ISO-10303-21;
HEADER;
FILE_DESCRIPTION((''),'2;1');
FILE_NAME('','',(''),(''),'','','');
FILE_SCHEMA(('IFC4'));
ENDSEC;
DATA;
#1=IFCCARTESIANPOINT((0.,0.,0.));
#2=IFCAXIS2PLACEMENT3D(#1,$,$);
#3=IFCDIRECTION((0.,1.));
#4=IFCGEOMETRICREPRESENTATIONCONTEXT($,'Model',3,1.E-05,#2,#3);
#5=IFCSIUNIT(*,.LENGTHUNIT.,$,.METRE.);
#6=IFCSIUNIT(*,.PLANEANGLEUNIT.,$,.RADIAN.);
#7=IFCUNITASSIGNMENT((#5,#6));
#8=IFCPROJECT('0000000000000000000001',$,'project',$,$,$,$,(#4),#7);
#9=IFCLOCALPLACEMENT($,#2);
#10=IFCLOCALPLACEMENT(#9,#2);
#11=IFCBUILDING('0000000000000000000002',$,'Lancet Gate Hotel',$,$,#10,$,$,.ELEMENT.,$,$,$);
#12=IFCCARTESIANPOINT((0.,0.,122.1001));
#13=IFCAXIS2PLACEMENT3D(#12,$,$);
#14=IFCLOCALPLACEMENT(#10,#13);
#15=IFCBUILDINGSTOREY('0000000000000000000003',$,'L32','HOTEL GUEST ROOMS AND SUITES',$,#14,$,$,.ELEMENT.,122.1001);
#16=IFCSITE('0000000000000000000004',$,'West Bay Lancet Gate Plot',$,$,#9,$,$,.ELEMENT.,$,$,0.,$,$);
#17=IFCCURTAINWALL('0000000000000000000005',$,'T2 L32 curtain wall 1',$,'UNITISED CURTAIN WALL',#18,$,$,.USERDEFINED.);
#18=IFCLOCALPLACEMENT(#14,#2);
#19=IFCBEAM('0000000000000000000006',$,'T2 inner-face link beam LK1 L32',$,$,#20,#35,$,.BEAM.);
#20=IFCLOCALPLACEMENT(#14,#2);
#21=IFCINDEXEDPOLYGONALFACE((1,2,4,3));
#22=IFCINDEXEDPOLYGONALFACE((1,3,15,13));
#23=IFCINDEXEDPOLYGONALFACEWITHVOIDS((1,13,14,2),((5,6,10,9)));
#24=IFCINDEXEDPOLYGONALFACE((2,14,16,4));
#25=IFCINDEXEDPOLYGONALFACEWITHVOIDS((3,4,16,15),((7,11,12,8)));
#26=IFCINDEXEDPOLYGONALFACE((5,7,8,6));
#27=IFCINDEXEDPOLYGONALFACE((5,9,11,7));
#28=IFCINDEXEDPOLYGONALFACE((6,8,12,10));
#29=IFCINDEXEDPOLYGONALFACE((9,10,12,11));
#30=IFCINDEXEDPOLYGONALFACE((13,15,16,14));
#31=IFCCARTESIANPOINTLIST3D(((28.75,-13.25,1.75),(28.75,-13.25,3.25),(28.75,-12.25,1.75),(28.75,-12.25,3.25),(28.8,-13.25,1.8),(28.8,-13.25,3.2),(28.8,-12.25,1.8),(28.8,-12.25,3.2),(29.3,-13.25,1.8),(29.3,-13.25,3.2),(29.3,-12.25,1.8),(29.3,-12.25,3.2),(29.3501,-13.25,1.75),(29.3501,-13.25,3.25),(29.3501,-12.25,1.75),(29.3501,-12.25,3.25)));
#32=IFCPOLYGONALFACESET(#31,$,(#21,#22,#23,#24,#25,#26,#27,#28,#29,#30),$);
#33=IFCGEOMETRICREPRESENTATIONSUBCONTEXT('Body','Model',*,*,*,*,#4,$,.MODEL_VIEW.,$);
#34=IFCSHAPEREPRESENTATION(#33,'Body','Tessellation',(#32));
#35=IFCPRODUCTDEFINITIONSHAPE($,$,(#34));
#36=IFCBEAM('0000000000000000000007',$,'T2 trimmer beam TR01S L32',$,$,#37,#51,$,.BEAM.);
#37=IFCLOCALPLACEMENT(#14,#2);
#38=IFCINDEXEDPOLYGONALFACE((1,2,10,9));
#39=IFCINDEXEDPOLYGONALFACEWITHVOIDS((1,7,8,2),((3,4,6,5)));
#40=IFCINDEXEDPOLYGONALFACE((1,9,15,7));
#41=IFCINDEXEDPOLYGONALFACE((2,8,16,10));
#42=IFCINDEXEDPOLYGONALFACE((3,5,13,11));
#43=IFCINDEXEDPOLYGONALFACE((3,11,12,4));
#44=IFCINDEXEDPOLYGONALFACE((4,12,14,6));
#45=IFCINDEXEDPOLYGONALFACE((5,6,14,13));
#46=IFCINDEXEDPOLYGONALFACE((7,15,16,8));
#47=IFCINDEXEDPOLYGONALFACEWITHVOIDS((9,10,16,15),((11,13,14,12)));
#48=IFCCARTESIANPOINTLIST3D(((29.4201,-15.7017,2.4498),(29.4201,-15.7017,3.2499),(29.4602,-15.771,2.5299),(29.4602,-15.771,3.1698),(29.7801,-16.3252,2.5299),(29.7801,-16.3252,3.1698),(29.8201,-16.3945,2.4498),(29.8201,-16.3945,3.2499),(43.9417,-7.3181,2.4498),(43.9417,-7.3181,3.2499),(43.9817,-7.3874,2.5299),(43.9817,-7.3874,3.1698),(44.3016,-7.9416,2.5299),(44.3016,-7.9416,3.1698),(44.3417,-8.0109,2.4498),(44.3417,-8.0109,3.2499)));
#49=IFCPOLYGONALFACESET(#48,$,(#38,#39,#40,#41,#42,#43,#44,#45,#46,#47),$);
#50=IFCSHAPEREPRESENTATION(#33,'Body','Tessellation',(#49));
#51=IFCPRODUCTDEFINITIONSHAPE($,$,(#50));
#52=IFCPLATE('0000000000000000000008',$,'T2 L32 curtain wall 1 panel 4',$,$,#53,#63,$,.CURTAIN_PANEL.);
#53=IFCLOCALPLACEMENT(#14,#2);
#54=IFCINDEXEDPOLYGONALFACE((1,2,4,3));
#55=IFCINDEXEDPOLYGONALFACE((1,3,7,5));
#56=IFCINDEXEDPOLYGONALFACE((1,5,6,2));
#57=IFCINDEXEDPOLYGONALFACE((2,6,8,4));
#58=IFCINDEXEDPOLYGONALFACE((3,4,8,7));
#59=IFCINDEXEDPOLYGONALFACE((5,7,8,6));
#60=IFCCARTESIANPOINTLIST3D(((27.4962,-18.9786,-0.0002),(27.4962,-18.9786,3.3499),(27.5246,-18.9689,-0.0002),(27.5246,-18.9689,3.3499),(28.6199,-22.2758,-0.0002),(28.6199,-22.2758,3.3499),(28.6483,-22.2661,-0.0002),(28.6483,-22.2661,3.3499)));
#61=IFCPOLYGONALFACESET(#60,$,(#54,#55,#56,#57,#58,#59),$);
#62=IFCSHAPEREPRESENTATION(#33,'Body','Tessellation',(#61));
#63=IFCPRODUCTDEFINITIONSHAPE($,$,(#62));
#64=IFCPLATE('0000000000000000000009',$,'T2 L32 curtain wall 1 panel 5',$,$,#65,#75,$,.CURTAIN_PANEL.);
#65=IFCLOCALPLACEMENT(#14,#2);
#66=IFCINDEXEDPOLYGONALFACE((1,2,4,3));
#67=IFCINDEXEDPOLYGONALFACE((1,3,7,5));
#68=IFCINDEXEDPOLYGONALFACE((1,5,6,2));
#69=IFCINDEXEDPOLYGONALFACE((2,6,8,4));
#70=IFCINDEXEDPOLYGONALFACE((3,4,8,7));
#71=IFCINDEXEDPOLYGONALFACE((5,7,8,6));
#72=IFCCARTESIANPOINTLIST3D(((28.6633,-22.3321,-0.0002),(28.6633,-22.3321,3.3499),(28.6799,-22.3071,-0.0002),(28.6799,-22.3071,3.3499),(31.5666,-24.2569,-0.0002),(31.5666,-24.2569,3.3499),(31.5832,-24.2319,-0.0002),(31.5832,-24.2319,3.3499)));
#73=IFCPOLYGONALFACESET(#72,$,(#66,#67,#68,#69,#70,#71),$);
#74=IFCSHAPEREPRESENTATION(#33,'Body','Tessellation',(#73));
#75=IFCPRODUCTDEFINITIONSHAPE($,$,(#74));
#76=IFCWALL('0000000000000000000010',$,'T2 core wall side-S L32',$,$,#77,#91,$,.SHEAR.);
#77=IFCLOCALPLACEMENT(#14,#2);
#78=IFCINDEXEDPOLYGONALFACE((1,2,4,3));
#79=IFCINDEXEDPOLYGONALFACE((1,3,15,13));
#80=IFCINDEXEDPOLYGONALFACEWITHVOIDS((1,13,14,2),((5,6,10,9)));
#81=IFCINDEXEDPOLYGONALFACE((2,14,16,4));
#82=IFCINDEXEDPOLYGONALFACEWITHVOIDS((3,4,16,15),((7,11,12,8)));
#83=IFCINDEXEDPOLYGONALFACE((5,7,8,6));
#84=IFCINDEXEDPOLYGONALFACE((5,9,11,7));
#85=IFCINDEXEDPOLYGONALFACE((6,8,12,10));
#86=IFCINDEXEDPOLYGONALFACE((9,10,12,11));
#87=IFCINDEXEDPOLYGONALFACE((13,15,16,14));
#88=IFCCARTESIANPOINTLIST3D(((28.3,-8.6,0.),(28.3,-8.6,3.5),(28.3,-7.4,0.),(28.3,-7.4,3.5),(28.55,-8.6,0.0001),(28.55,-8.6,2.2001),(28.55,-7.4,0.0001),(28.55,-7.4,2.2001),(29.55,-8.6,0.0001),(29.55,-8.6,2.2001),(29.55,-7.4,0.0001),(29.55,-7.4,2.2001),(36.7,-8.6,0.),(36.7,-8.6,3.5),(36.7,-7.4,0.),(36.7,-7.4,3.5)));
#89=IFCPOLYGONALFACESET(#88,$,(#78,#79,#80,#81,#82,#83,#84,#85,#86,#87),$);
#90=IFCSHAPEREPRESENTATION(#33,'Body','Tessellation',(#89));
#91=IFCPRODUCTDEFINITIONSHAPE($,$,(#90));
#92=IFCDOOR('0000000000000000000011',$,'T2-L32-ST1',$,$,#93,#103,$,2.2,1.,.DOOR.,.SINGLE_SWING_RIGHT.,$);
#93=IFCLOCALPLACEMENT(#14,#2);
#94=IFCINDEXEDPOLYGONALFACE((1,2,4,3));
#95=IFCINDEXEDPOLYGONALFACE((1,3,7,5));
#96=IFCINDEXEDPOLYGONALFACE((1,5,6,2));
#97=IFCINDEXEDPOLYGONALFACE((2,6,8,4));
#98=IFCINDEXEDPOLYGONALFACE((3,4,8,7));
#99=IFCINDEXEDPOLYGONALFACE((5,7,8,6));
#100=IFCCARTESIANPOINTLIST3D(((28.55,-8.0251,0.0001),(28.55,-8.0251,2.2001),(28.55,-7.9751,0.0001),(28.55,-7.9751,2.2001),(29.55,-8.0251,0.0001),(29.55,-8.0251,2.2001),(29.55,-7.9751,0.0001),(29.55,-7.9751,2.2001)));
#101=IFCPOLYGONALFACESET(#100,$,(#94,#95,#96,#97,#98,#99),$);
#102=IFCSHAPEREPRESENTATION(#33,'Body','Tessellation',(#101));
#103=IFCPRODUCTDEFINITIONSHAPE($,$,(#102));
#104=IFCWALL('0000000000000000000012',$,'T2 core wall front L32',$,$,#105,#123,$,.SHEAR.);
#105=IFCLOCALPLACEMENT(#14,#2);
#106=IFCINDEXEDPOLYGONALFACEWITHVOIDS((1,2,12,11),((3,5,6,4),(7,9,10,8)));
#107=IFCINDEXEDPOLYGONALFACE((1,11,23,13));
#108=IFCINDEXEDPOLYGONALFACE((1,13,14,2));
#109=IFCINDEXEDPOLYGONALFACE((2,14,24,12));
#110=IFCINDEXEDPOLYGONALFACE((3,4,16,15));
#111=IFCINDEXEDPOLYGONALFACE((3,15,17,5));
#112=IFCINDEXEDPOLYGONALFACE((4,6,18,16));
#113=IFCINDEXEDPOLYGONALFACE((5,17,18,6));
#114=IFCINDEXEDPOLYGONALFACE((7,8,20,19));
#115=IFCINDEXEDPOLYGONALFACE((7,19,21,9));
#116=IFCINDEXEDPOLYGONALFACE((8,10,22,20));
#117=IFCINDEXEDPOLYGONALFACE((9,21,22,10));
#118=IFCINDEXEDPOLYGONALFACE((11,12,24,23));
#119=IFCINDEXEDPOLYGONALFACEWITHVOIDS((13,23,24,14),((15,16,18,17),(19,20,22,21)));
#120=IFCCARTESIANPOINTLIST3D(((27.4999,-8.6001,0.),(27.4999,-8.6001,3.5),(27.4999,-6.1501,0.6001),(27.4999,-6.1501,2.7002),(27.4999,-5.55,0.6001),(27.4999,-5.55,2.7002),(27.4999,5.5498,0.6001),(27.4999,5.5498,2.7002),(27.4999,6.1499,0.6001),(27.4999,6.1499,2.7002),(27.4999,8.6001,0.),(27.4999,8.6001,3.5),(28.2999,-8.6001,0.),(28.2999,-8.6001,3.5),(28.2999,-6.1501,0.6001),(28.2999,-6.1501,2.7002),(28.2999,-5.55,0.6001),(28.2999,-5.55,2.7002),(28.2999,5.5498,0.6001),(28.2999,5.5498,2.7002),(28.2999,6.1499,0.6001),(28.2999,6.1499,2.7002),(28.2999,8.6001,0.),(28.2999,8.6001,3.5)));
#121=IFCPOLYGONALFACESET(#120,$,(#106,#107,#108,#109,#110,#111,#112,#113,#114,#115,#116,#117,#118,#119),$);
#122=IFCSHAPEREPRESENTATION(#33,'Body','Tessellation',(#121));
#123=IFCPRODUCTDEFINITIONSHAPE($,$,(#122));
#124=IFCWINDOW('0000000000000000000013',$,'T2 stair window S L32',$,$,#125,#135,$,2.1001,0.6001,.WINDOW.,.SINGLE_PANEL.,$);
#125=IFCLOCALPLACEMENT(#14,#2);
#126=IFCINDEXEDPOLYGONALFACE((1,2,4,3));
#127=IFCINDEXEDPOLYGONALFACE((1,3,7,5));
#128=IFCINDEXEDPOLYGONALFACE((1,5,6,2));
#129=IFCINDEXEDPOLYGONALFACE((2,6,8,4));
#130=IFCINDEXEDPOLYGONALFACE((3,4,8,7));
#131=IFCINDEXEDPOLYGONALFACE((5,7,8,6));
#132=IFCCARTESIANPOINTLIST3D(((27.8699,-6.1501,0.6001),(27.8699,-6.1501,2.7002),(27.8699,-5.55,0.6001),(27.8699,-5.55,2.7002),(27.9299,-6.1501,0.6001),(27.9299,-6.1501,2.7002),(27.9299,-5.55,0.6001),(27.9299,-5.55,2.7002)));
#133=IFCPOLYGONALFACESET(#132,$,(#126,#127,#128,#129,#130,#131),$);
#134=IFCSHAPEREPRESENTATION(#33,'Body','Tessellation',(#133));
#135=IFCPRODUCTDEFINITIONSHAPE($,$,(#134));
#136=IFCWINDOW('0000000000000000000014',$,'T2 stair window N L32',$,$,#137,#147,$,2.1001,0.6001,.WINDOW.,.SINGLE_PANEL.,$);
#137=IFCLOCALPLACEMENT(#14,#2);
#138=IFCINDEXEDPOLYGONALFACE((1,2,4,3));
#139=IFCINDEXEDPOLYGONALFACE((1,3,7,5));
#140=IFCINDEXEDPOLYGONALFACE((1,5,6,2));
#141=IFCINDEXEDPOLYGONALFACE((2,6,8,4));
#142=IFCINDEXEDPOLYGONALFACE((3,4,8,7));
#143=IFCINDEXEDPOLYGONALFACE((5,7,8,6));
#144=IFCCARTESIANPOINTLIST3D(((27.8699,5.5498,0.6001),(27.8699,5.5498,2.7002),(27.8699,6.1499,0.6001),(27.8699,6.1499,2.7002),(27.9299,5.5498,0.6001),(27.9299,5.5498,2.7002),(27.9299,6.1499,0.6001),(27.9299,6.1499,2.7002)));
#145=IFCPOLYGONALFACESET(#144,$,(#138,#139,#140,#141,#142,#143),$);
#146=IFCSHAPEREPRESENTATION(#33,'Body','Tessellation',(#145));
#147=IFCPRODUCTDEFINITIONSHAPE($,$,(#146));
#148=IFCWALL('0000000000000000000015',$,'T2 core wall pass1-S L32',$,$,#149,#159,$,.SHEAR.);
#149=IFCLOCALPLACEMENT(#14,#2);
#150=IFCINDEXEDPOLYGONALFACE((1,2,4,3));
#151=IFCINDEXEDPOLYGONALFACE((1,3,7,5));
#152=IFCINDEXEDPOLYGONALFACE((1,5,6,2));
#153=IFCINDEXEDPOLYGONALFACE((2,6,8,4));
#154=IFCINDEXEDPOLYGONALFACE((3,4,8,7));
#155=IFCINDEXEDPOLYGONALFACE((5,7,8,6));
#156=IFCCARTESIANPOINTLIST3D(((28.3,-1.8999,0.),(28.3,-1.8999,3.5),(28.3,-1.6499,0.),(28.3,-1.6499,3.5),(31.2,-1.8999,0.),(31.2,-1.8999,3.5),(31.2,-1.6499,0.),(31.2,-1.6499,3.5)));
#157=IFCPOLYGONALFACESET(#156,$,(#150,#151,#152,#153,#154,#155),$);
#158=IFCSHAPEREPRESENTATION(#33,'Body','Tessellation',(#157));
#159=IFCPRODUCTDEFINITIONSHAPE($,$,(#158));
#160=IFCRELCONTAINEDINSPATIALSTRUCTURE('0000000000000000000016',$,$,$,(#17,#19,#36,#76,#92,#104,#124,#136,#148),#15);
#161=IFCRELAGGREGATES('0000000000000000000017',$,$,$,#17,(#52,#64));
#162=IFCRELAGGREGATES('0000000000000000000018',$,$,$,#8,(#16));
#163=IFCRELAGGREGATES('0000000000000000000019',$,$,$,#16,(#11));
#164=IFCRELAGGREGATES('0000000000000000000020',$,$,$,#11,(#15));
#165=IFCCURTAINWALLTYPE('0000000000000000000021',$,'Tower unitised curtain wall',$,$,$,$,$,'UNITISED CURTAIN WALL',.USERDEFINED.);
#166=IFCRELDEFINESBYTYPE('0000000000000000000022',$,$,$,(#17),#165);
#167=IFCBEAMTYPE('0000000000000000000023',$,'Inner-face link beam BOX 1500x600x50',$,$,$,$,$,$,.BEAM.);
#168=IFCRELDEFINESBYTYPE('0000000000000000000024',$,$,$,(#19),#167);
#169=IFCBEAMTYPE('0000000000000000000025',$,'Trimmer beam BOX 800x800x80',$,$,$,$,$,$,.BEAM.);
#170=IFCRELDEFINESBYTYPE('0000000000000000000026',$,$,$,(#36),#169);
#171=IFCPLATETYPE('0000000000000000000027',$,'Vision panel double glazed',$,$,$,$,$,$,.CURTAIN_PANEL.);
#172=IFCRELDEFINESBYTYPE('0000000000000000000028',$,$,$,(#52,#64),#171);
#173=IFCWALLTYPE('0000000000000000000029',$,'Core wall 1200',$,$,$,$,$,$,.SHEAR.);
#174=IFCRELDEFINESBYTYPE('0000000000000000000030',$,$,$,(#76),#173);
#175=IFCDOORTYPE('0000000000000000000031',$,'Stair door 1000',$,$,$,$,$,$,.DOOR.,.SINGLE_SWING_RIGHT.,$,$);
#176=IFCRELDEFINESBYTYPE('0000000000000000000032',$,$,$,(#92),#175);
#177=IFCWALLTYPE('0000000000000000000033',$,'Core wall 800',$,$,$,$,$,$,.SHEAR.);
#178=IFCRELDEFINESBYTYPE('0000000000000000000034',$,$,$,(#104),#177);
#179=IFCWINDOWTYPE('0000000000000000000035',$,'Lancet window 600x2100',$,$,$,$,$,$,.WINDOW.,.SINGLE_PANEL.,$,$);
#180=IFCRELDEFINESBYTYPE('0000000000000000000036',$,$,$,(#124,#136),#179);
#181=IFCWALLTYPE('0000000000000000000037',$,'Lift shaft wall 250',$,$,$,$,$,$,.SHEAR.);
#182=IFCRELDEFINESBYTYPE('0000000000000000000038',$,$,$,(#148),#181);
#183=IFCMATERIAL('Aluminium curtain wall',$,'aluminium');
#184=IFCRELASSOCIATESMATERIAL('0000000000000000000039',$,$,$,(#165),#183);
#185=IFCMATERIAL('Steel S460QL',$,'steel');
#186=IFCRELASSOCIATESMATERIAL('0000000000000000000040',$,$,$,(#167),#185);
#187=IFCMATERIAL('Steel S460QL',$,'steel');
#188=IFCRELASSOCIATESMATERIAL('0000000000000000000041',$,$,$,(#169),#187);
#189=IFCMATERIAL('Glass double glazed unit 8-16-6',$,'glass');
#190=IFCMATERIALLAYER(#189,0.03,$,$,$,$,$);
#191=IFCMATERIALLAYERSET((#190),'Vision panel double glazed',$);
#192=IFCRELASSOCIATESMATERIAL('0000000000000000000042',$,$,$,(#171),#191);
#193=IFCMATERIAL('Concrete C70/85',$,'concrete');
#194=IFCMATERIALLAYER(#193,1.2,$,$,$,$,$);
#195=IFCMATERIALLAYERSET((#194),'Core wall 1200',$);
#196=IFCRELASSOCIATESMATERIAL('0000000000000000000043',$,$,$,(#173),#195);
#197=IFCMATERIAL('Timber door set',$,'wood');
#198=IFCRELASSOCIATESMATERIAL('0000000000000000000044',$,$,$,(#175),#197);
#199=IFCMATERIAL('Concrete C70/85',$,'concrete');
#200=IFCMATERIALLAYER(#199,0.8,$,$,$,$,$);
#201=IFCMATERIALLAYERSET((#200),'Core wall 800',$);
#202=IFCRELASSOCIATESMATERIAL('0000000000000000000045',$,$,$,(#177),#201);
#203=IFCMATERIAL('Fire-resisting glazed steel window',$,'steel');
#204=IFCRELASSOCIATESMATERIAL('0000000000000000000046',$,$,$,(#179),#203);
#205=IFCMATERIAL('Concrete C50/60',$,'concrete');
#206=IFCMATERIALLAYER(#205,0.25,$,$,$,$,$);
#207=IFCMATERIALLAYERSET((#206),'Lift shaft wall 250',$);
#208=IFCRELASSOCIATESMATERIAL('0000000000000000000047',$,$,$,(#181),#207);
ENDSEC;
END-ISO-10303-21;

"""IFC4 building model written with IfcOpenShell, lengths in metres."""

from ifc_helpers import new_model, si_unit, direction, frame, frame_2d, origin, origin_2d, place, context, subcontext, project, spatial, rectangle, hollow_rectangle, extrude, material, layer, layer_set, material_profile, profile_set, type_object, element, fill, aggregate, save


model = new_model("IFC4")

# Units and contexts
model_context = context("Model", 3, precision=1e-05, world=origin(), true_north=direction((0.0, 1.0)))
body_context = subcontext(model_context, "Body", "Model", "MODEL_VIEW")
ifc_project = project(units=[si_unit("LENGTHUNIT", "METRE"), si_unit("PLANEANGLEUNIT", "RADIAN")], contexts=[model_context])

# Site, building, storey
site_placement = place(None, origin())
site = spatial("IfcSite", under=ifc_project, at=site_placement, Name="West Bay Lancet Gate Plot", CompositionType="ELEMENT", RefElevation=0.0)
building_placement = place(site_placement, origin())
building = spatial("IfcBuilding", under=site, at=building_placement, Name="Lancet Gate Hotel", CompositionType="ELEMENT")
storey_placement = place(building_placement, frame((0.0, 0.0, 122.1001)))
storey = spatial("IfcBuildingStorey", under=building, at=storey_placement, Name="L32", Description="HOTEL GUEST ROOMS AND SUITES", CompositionType="ELEMENT", Elevation=122.1001)

# Curtain wall
ifc_material_1 = material(Name="Aluminium curtain wall", Category="aluminium")
curtain_wall_type = type_object("IfcCurtainWallType", Name="Tower unitised curtain wall", ElementType="UNITISED CURTAIN WALL", PredefinedType="USERDEFINED", material=ifc_material_1)
curtain_wall_placement = place(storey_placement, origin())
curtain_wall = element("IfcCurtainWall", 1, at=curtain_wall_placement, inside=storey, type_object=curtain_wall_type, Name="T2 L32 curtain wall 1", ObjectType="UNITISED CURTAIN WALL", PredefinedType="USERDEFINED")

# Beams
ifc_material_2 = material(Name="Steel S460QL", Category="steel")
ifc_material_profile_1 = material_profile(ifc_material_2, hollow_rectangle(XDim=0.6001, YDim=1.5, WallThickness=0.05, at=origin_2d()), Name="BOX 1500x600x50")
ifc_profile_set_1 = profile_set([ifc_material_profile_1], Name="Steel S460QL")
beam_type_1 = type_object("IfcBeamType", Name="Inner-face link beam BOX 1500x600x50", PredefinedType="BEAM", material=ifc_profile_set_1)
beam_1_placement = place(storey_placement, frame((29.05, -13.25, 2.5), z_axis=(0.0, 1.0, 0.0), x_axis=(-1.0, 0.0, 0.0)))
element("IfcBeam", 2, at=beam_1_placement, inside=storey, type_object=beam_type_1, Name="T2 inner-face link beam LK1 L32", PredefinedType="BEAM", context=body_context, shape_type="SweptSolid", body=[
    extrude(hollow_rectangle(XDim=0.6001, YDim=1.5, WallThickness=0.05, at=origin_2d()), origin(), (0.0, 0.0, 1.0), 1.0),
])
ifc_material_3 = material(Name="Steel S460QL", Category="steel")
ifc_material_profile_2 = material_profile(ifc_material_3, hollow_rectangle(XDim=0.8, YDim=0.8, WallThickness=0.0801, at=origin_2d()), Name="BOX 800x800x80")
ifc_profile_set_2 = profile_set([ifc_material_profile_2], Name="Steel S460QL")
beam_type_2 = type_object("IfcBeamType", Name="Trimmer beam BOX 800x800x80", PredefinedType="BEAM", material=ifc_profile_set_2)
beam_2_placement = place(storey_placement, frame((29.6201, -16.0481, 2.8499), z_axis=(0.866037, 0.49998, 0.0), x_axis=(-0.49998, 0.866037, 0.0)))
element("IfcBeam", 3, at=beam_2_placement, inside=storey, type_object=beam_type_2, Name="T2 trimmer beam TR01S L32", PredefinedType="BEAM", context=body_context, shape_type="SweptSolid", body=[
    extrude(hollow_rectangle(XDim=0.8, YDim=0.8, WallThickness=0.0801, at=origin_2d()), origin(), (0.0, 0.0, 1.0), 16.7678),
])

# Plates
ifc_material_4 = material(Name="Glass double glazed unit 8-16-6", Category="glass")
ifc_layer_1 = layer(ifc_material_4, 0.03)
ifc_layer_set_1 = layer_set([ifc_layer_1], Name="Vision panel double glazed")
plate_type = type_object("IfcPlateType", Name="Vision panel double glazed", PredefinedType="CURTAIN_PANEL", material=ifc_layer_set_1)
plate_1_placement = place(storey_placement, frame((28.0723, -20.6223, -0.0002), z_axis=(0.0, 0.0, 1.0), x_axis=(0.322576, -0.946544, 0.0)))
plate_1 = element("IfcPlate", 4, at=plate_1_placement, type_object=plate_type, Name="T2 L32 curtain wall 1 panel 4", PredefinedType="CURTAIN_PANEL", context=body_context, shape_type="SweptSolid", body=[
    extrude(rectangle(XDim=3.4834, YDim=0.03, at=origin_2d()), origin(), (0.0, 0.0, 1.0), 3.3501),
])
plate_2_placement = place(storey_placement, frame((30.1233, -23.282, -0.0002), z_axis=(0.0, 0.0, 1.0), x_axis=(0.833465, -0.552573, 0.0)))
plate_2 = element("IfcPlate", 5, at=plate_2_placement, type_object=plate_type, Name="T2 L32 curtain wall 1 panel 5", PredefinedType="CURTAIN_PANEL", context=body_context, shape_type="SweptSolid", body=[
    extrude(rectangle(XDim=3.4834, YDim=0.03, at=origin_2d()), origin(), (0.0, 0.0, 1.0), 3.3501),
])
aggregate(curtain_wall, [plate_1, plate_2])

# Wall, opening, door
ifc_material_5 = material(Name="Concrete C70/85", Category="concrete")
ifc_layer_2 = layer(ifc_material_5, 1.2)
ifc_layer_set_2 = layer_set([ifc_layer_2], Name="Core wall 1200")
wall_type_1 = type_object("IfcWallType", Name="Core wall 1200", PredefinedType="SHEAR", material=ifc_layer_set_2)
wall_1_placement = place(storey_placement, frame((28.3, -8.0, 0.0), z_axis=(0.0, 0.0, 1.0), x_axis=(1.0, 0.0, 0.0)))
wall_1 = element("IfcWall", 6, at=wall_1_placement, inside=storey, type_object=wall_type_1, Name="T2 core wall side-S L32", PredefinedType="SHEAR", context=body_context, shape_type="SweptSolid", body=[
    extrude(rectangle(XDim=8.3999, YDim=1.2, at=frame_2d((4.2, 0.0))), origin(), (0.0, 0.0, 1.0), 3.5),
])
opening_1_placement = place(wall_1_placement, frame((0.25, 0.0, 0.0)))
opening_1 = element("IfcOpeningElement", 7, at=opening_1_placement, cuts=wall_1, PredefinedType="OPENING", context=body_context, shape_type="SweptSolid", body=[
    extrude(rectangle(XDim=1.0, YDim=2.2, at=frame_2d((0.5, 1.1001))), frame((0.0, 0.6099, 0.0), z_axis=(0.0, -1.0, 0.0), x_axis=(1.0, 0.0, 0.0)), (0.0, 0.0, 1.0), 1.22),
])
ifc_material_6 = material(Name="Timber door set", Category="wood")
door_type = type_object("IfcDoorType", Name="Stair door 1000", OperationType="SINGLE_SWING_RIGHT", PredefinedType="DOOR", material=ifc_material_6)
door_placement = place(opening_1_placement, origin())
door = element("IfcDoor", 8, at=door_placement, inside=storey, type_object=door_type, Name="T2-L32-ST1", OperationType="SINGLE_SWING_RIGHT", OverallHeight=2.2, OverallWidth=1.0, PredefinedType="DOOR", context=body_context, shape_type="SweptSolid", body=[
    extrude(rectangle(XDim=1.0, YDim=2.2, at=frame_2d((0.5, 1.1001))), frame((0.0, 0.0249, 0.0), z_axis=(0.0, -1.0, 0.0), x_axis=(1.0, 0.0, 0.0)), (0.0, 0.0, 1.0), 0.05),
])
fill(opening_1, door)

# Wall, openings, windows
ifc_material_7 = material(Name="Concrete C70/85", Category="concrete")
ifc_layer_3 = layer(ifc_material_7, 0.8)
ifc_layer_set_3 = layer_set([ifc_layer_3], Name="Core wall 800")
wall_type_2 = type_object("IfcWallType", Name="Core wall 800", PredefinedType="SHEAR", material=ifc_layer_set_3)
wall_2_placement = place(storey_placement, frame((27.8999, -8.6001, 0.0), z_axis=(0.0, 0.0, 1.0), x_axis=(0.0, 1.0, 0.0)))
wall_2 = element("IfcWall", 9, at=wall_2_placement, inside=storey, type_object=wall_type_2, Name="T2 core wall front L32", PredefinedType="SHEAR", context=body_context, shape_type="SweptSolid", body=[
    extrude(rectangle(XDim=17.2002, YDim=0.8, at=frame_2d((8.6001, 0.0))), origin(), (0.0, 0.0, 1.0), 3.5),
])
opening_2_placement = place(wall_2_placement, frame((2.45, 0.0, 0.6001)))
opening_2 = element("IfcOpeningElement", 10, at=opening_2_placement, cuts=wall_2, PredefinedType="OPENING", context=body_context, shape_type="SweptSolid", body=[
    extrude(rectangle(XDim=0.6001, YDim=2.1001, at=frame_2d((0.3, 1.05))), frame((0.0, 0.4099, 0.0), z_axis=(0.0, -1.0, 0.0), x_axis=(1.0, 0.0, 0.0)), (0.0, 0.0, 1.0), 0.8201),
])
opening_3_placement = place(wall_2_placement, frame((14.1499, 0.0, 0.6001)))
opening_3 = element("IfcOpeningElement", 11, at=opening_3_placement, cuts=wall_2, PredefinedType="OPENING", context=body_context, shape_type="SweptSolid", body=[
    extrude(rectangle(XDim=0.6001, YDim=2.1001, at=frame_2d((0.3, 1.05))), frame((0.0, 0.4099, 0.0), z_axis=(0.0, -1.0, 0.0), x_axis=(1.0, 0.0, 0.0)), (0.0, 0.0, 1.0), 0.8201),
])
ifc_material_8 = material(Name="Fire-resisting glazed steel window", Category="steel")
window_type = type_object("IfcWindowType", Name="Lancet window 600x2100", PartitioningType="SINGLE_PANEL", PredefinedType="WINDOW", material=ifc_material_8)
window_1_placement = place(opening_2_placement, origin())
window_1 = element("IfcWindow", 12, at=window_1_placement, inside=storey, type_object=window_type, Name="T2 stair window S L32", OverallHeight=2.1001, OverallWidth=0.6001, PartitioningType="SINGLE_PANEL", PredefinedType="WINDOW", context=body_context, shape_type="SweptSolid", body=[
    extrude(rectangle(XDim=0.6001, YDim=2.1001, at=frame_2d((0.3, 1.05))), frame((0.0, 0.03, 0.0), z_axis=(0.0, -1.0, 0.0), x_axis=(1.0, 0.0, 0.0)), (0.0, 0.0, 1.0), 0.0601),
])
fill(opening_2, window_1)
window_2_placement = place(opening_3_placement, origin())
window_2 = element("IfcWindow", 13, at=window_2_placement, inside=storey, type_object=window_type, Name="T2 stair window N L32", OverallHeight=2.1001, OverallWidth=0.6001, PartitioningType="SINGLE_PANEL", PredefinedType="WINDOW", context=body_context, shape_type="SweptSolid", body=[
    extrude(rectangle(XDim=0.6001, YDim=2.1001, at=frame_2d((0.3, 1.05))), frame((0.0, 0.03, 0.0), z_axis=(0.0, -1.0, 0.0), x_axis=(1.0, 0.0, 0.0)), (0.0, 0.0, 1.0), 0.0601),
])
fill(opening_3, window_2)

# Wall
ifc_material_9 = material(Name="Concrete C50/60", Category="concrete")
ifc_layer_4 = layer(ifc_material_9, 0.25)
ifc_layer_set_4 = layer_set([ifc_layer_4], Name="Lift shaft wall 250")
wall_type_3 = type_object("IfcWallType", Name="Lift shaft wall 250", PredefinedType="SHEAR", material=ifc_layer_set_4)
wall_3_placement = place(storey_placement, frame((28.3, -1.7749, 0.0), z_axis=(0.0, 0.0, 1.0), x_axis=(1.0, 0.0, 0.0)))
element("IfcWall", 14, at=wall_3_placement, inside=storey, type_object=wall_type_3, Name="T2 core wall pass1-S L32", PredefinedType="SHEAR", context=body_context, shape_type="SweptSolid", body=[
    extrude(rectangle(XDim=2.8999, YDim=0.25, at=frame_2d((1.45, 0.0))), origin(), (0.0, 0.0, 1.0), 3.5),
])

save(model, "model.ifc")
